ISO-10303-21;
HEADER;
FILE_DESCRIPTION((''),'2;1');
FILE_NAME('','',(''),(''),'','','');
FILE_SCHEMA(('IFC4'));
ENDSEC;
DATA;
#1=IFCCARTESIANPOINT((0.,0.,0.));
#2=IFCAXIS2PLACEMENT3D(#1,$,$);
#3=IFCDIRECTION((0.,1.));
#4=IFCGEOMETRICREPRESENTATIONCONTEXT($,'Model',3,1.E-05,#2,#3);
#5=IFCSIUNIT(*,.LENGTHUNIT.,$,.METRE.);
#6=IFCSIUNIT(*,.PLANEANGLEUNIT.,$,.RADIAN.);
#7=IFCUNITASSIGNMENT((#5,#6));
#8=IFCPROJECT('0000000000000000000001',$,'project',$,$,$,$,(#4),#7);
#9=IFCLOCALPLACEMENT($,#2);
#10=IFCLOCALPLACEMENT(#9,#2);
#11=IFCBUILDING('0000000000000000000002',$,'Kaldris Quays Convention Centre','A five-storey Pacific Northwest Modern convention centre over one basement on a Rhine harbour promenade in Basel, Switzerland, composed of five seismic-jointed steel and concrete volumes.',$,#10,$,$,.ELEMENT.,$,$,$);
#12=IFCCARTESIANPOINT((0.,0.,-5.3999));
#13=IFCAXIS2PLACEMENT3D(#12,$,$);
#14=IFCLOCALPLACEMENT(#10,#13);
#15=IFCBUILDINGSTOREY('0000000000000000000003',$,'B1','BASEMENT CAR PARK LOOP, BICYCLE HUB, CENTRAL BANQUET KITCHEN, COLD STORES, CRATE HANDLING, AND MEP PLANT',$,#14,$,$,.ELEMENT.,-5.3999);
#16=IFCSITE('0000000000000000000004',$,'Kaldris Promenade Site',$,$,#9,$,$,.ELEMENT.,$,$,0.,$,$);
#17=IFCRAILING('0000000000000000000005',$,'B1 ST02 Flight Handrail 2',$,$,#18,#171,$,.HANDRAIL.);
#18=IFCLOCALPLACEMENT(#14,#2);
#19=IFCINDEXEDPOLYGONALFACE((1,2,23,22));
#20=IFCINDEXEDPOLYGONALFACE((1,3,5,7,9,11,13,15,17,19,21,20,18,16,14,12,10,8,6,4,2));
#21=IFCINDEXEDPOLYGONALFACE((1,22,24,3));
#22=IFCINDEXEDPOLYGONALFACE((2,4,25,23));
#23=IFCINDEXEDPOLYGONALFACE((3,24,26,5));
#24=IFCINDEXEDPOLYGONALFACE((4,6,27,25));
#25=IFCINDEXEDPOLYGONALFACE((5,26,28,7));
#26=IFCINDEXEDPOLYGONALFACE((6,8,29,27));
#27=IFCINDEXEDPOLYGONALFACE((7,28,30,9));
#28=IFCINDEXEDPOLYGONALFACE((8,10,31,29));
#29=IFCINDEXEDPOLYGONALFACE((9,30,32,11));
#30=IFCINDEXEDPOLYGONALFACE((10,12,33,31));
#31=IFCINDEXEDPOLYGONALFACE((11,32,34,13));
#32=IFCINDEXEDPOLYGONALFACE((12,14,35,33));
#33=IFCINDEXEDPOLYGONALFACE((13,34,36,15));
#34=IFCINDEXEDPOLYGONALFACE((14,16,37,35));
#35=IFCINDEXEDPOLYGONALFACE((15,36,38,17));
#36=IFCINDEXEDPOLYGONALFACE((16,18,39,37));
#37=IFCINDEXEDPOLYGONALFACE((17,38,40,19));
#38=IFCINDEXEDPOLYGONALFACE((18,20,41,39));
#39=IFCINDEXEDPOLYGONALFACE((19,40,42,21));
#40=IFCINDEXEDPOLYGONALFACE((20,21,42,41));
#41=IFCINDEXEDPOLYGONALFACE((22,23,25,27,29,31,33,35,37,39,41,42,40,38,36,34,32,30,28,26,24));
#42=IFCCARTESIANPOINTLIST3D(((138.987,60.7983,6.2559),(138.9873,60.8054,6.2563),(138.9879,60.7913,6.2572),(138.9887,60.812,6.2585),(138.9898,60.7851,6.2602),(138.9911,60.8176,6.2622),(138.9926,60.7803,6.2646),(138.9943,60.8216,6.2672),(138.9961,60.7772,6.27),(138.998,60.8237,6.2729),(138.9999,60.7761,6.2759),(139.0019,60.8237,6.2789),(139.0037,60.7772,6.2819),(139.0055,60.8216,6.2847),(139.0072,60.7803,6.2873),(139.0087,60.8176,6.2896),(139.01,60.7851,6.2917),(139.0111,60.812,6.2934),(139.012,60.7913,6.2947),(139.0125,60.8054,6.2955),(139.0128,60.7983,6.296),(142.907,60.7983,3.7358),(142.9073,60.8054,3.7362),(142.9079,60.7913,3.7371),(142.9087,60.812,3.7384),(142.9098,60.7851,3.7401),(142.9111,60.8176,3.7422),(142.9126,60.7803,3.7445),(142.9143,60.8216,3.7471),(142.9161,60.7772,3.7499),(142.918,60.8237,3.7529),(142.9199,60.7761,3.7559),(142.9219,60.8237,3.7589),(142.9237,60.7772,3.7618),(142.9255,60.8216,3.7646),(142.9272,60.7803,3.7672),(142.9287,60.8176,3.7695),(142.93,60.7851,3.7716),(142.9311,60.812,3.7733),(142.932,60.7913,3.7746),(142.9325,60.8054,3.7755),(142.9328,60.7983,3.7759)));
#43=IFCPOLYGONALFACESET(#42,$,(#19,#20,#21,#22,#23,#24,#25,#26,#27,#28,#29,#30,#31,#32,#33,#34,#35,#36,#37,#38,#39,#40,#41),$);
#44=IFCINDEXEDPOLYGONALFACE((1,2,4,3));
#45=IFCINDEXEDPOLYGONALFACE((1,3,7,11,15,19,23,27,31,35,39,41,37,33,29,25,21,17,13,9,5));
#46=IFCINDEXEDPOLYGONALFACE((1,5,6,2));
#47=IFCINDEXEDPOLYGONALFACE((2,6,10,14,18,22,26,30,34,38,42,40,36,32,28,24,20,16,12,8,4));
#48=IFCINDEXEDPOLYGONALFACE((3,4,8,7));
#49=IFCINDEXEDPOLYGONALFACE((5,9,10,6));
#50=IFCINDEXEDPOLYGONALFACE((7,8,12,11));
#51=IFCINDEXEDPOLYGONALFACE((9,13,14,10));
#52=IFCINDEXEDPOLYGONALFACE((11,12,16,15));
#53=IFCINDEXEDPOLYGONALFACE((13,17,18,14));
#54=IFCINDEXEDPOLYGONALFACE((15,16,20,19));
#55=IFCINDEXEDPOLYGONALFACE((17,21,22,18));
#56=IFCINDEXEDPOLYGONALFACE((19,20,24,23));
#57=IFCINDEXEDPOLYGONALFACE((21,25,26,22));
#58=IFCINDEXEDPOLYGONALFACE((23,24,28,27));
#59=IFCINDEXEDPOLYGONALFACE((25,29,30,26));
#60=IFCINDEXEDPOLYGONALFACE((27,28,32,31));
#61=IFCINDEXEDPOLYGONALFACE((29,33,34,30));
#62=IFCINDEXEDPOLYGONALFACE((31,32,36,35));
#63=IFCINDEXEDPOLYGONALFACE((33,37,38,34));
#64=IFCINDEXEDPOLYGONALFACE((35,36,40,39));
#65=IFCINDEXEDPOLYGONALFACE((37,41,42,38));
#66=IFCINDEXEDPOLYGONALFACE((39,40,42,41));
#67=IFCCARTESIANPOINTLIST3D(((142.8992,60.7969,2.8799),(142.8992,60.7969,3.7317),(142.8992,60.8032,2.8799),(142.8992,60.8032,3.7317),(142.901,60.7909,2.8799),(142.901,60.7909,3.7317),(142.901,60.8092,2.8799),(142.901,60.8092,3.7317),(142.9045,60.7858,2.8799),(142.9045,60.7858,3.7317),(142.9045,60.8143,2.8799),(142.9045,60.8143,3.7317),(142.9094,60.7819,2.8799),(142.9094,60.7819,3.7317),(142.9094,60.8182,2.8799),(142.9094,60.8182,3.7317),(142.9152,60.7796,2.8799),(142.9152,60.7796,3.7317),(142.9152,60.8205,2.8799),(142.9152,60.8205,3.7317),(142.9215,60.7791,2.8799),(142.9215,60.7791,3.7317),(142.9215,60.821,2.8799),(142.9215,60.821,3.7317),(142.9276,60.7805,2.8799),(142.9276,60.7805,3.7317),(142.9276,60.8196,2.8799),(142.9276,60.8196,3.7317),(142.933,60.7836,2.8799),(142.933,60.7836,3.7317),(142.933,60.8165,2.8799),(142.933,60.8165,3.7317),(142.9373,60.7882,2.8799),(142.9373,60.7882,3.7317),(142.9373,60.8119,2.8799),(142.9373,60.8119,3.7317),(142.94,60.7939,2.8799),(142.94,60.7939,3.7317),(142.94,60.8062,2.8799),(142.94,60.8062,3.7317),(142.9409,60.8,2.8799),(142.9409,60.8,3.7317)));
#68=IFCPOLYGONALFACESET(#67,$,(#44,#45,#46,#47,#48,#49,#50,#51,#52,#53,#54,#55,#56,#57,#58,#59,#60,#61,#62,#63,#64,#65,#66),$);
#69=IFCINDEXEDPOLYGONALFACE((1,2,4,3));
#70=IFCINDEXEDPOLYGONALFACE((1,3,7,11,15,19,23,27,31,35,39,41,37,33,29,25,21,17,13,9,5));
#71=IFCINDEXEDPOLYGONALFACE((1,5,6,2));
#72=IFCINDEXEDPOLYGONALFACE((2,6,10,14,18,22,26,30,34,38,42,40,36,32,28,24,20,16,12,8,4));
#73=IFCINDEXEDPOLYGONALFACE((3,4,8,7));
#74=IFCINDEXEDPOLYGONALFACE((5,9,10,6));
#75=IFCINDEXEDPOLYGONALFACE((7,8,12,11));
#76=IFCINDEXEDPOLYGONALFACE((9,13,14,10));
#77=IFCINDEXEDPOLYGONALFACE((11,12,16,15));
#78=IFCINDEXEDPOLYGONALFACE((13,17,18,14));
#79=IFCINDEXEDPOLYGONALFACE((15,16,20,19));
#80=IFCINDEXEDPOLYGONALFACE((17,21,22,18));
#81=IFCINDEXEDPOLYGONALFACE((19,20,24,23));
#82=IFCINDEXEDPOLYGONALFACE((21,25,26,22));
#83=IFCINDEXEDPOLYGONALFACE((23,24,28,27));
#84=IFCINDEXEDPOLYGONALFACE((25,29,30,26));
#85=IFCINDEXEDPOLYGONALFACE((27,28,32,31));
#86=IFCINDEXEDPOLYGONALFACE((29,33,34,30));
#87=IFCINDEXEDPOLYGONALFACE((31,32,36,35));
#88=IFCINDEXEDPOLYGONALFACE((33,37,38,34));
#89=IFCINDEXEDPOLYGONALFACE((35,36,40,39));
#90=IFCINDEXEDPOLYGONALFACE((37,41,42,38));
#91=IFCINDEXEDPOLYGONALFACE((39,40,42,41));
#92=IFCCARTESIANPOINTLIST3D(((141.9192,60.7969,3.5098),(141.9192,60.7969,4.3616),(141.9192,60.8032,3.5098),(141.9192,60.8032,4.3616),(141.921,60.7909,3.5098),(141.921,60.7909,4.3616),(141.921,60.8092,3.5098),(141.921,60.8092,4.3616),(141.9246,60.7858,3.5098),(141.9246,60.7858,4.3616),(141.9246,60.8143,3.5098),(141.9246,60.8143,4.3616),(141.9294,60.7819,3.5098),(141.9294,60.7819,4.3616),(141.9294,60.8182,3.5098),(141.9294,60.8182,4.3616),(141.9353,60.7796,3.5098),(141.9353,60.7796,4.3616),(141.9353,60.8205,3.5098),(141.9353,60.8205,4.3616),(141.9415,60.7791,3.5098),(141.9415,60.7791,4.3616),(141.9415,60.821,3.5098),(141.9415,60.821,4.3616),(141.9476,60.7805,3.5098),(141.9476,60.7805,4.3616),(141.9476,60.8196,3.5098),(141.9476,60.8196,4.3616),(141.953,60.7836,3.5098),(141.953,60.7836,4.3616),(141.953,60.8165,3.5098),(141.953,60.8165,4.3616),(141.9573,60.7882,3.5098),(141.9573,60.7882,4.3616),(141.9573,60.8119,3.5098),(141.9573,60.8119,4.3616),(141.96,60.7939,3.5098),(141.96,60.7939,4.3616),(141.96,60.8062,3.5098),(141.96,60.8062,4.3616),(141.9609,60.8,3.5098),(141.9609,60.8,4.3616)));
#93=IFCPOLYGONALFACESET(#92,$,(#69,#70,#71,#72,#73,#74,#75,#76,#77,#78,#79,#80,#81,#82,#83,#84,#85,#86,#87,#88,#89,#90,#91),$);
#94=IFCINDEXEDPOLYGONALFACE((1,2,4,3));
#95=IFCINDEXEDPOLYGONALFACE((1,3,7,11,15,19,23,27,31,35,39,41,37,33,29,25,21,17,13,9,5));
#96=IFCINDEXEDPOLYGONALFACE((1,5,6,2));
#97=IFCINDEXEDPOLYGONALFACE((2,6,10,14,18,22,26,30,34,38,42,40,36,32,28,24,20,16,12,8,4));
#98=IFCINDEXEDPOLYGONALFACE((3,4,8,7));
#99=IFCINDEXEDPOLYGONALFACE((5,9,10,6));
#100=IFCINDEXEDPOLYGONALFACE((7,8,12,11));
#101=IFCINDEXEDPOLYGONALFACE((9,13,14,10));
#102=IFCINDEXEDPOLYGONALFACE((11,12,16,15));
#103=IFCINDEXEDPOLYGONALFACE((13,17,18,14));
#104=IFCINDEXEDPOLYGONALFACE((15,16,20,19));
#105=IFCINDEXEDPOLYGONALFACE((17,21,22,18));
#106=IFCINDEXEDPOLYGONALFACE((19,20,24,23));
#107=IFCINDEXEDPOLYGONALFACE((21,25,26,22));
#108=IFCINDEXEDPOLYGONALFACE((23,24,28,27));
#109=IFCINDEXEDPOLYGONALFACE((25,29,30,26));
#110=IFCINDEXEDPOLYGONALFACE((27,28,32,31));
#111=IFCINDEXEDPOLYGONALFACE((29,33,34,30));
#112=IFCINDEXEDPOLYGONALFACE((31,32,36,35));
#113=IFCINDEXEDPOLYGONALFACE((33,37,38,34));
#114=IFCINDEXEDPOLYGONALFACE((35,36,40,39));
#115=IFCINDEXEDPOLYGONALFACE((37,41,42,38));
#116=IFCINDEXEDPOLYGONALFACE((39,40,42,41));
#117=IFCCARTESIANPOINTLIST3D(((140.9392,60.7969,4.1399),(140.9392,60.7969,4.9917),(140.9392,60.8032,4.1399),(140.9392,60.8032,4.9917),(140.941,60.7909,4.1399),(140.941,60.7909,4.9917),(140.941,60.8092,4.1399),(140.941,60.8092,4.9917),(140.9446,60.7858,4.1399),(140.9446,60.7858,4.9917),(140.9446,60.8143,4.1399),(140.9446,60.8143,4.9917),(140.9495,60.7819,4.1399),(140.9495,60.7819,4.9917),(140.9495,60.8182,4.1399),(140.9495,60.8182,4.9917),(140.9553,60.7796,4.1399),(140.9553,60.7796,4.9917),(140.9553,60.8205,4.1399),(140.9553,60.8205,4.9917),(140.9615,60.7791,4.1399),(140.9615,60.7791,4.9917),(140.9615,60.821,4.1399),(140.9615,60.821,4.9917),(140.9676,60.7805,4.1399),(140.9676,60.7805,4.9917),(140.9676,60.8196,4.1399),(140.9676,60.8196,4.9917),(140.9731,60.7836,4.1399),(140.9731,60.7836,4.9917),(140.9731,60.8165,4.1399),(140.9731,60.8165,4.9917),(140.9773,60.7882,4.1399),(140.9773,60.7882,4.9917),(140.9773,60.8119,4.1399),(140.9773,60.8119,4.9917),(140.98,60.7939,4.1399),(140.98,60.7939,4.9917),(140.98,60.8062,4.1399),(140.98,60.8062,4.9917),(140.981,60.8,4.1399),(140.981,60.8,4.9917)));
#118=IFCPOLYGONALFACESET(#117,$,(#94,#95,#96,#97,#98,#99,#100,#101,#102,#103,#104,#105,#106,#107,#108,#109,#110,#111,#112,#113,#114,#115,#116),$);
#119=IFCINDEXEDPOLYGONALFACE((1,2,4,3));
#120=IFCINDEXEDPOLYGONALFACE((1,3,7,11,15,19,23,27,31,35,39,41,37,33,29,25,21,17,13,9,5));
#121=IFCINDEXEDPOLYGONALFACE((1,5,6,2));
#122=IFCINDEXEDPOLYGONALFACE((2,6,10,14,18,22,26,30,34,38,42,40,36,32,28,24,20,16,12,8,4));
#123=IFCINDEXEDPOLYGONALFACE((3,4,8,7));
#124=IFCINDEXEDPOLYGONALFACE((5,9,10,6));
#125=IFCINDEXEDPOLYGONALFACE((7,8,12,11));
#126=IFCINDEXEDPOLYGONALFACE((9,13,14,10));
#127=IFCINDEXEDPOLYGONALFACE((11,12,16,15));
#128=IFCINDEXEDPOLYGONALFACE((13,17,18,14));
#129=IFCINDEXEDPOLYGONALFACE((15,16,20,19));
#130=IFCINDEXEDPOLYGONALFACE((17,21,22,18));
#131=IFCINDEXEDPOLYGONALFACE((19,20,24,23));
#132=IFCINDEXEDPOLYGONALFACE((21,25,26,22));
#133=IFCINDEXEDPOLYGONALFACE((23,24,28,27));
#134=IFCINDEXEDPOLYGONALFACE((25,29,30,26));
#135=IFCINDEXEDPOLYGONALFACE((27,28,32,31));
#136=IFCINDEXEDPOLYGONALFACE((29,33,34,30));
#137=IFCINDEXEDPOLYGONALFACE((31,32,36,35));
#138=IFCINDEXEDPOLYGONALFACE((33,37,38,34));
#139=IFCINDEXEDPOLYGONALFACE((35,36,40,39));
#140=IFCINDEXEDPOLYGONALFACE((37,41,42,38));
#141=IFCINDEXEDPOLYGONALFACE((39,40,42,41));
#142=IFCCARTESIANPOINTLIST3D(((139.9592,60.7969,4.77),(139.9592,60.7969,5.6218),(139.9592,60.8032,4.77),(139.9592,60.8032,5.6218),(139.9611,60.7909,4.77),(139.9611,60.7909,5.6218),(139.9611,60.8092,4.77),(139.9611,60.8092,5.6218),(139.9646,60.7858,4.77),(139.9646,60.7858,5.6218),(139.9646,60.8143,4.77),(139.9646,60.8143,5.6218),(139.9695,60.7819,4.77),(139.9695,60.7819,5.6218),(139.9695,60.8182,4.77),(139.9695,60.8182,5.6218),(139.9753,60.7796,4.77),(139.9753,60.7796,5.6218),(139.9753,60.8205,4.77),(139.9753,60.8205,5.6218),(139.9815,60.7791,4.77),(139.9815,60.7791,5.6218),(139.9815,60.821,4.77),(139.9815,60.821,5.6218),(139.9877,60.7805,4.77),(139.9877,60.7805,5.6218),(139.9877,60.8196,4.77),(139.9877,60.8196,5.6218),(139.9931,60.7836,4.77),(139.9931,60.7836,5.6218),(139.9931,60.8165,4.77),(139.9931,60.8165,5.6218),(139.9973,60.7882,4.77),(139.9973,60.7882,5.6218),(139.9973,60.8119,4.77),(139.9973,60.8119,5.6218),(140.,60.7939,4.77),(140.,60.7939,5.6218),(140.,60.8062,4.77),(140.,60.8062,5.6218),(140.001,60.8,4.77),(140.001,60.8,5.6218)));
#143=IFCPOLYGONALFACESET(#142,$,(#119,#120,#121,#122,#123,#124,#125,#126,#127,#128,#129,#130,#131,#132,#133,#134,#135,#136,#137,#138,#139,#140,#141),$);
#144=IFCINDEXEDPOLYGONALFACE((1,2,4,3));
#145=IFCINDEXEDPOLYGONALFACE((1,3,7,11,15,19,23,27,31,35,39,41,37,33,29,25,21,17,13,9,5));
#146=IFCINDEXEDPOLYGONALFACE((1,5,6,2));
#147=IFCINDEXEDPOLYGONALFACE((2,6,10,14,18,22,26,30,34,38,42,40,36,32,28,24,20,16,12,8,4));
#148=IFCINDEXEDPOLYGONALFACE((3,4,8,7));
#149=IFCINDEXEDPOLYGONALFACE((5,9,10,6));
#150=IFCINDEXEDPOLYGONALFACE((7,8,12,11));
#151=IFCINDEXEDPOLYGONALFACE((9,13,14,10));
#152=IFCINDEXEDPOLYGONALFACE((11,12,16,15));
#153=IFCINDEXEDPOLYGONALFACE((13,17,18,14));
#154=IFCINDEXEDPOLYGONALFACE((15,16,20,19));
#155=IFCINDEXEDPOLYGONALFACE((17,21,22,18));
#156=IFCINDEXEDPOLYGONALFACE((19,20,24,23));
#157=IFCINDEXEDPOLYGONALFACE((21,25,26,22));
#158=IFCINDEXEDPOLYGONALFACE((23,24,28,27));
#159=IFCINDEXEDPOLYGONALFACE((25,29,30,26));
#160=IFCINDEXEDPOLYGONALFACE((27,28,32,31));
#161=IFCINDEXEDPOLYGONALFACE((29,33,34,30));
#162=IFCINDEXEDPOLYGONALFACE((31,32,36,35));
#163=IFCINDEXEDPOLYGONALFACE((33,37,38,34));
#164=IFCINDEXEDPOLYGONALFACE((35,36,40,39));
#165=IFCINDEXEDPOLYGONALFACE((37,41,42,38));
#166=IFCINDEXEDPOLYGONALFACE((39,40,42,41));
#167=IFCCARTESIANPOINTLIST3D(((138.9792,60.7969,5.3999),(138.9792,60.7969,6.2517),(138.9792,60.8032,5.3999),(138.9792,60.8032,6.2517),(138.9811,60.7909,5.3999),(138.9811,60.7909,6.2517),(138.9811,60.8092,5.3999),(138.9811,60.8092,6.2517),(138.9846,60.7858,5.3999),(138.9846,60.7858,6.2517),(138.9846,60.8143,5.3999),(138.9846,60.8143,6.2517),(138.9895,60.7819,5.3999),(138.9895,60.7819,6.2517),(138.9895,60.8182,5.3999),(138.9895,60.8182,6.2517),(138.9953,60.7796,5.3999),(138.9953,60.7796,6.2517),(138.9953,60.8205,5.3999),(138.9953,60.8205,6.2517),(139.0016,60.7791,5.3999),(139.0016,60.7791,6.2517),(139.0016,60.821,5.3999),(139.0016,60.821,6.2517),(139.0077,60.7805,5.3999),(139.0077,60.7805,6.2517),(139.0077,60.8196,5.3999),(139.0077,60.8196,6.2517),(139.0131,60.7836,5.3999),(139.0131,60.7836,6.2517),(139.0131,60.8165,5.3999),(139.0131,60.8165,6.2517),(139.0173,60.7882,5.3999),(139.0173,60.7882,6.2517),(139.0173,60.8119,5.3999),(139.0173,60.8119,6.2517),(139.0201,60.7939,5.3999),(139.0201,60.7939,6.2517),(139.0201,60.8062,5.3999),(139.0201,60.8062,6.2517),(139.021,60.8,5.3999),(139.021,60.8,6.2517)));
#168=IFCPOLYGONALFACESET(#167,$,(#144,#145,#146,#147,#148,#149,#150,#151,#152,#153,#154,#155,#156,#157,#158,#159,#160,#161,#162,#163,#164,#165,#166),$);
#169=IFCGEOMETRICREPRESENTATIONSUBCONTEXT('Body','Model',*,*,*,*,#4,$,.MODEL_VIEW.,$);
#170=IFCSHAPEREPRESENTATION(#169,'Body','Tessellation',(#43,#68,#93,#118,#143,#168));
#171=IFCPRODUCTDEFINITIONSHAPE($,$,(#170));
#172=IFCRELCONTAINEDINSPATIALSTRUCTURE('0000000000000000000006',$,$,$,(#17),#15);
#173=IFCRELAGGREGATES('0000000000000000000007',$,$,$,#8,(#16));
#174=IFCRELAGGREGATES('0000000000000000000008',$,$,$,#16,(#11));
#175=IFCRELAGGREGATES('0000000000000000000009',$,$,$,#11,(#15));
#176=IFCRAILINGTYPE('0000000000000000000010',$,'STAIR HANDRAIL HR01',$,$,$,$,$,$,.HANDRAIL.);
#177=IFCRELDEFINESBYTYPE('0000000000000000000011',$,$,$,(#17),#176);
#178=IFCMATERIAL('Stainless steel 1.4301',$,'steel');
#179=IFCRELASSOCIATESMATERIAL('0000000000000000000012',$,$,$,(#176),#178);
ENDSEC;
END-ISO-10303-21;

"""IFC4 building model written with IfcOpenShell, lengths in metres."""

from ifc_helpers import new_model, si_unit, direction, frame, origin, origin_2d, place, context, subcontext, project, spatial, circle, extrude, material, type_object, element, save


model = new_model("IFC4")

# Units and contexts
model_context = context("Model", 3, precision=1e-05, world=origin(), true_north=direction((0.0, 1.0)))
body_context = subcontext(model_context, "Body", "Model", "MODEL_VIEW")
ifc_project = project(units=[si_unit("LENGTHUNIT", "METRE"), si_unit("PLANEANGLEUNIT", "RADIAN")], contexts=[model_context])

# Site, building, storey
site_placement = place(None, origin())
site = spatial("IfcSite", under=ifc_project, at=site_placement, Name="Kaldris Promenade Site", CompositionType="ELEMENT", RefElevation=0.0)
building_placement = place(site_placement, origin())
building = spatial("IfcBuilding", under=site, at=building_placement, Name="Kaldris Quays Convention Centre", Description="A five-storey Pacific Northwest Modern convention centre over one basement on a Rhine harbour promenade in Basel, Switzerland, composed of five seismic-jointed steel and concrete volumes.", CompositionType="ELEMENT")
storey_placement = place(building_placement, frame((0.0, 0.0, -5.3999)))
storey = spatial("IfcBuildingStorey", under=building, at=storey_placement, Name="B1", Description="BASEMENT CAR PARK LOOP, BICYCLE HUB, CENTRAL BANQUET KITCHEN, COLD STORES, CRATE HANDLING, AND MEP PLANT", CompositionType="ELEMENT", Elevation=-5.3999)

# Railing
ifc_material_1 = material(Name="Stainless steel 1.4301", Category="steel")
railing_type_1 = type_object("IfcRailingType", Name="STAIR HANDRAIL HR01", PredefinedType="HANDRAIL", material=ifc_material_1)
railing_1_placement = place(storey_placement, frame((142.9199, 60.8, 2.8799)))
element("IfcRailing", 1, at=railing_1_placement, inside=storey, type_object=railing_type_1, Name="B1 ST02 Flight Handrail 2", PredefinedType="HANDRAIL", context=body_context, shape_type="SweptSolid", body=[
    extrude(circle(Radius=0.0239, at=origin_2d()), frame((0.0, 0.0, 0.876), z_axis=(-0.841172, 0.0, 0.540768), x_axis=(0.0, -1.0, 0.0)), (0.0, 0.0, 1.0), 4.6602),
    extrude(circle(Radius=0.021, at=origin_2d()), origin(), (0.0, 0.0, 1.0), 0.8518),
    extrude(circle(Radius=0.021, at=origin_2d()), frame((-0.98, 0.0, 0.6299)), (0.0, 0.0, 1.0), 0.8518),
    extrude(circle(Radius=0.021, at=origin_2d()), frame((-1.96, 0.0, 1.26)), (0.0, 0.0, 1.0), 0.8518),
    extrude(circle(Radius=0.021, at=origin_2d()), frame((-2.9399, 0.0, 1.8901)), (0.0, 0.0, 1.0), 0.8518),
    extrude(circle(Radius=0.021, at=origin_2d()), frame((-3.9199, 0.0, 2.52)), (0.0, 0.0, 1.0), 0.8518),
])

save(model, "model.ifc")
